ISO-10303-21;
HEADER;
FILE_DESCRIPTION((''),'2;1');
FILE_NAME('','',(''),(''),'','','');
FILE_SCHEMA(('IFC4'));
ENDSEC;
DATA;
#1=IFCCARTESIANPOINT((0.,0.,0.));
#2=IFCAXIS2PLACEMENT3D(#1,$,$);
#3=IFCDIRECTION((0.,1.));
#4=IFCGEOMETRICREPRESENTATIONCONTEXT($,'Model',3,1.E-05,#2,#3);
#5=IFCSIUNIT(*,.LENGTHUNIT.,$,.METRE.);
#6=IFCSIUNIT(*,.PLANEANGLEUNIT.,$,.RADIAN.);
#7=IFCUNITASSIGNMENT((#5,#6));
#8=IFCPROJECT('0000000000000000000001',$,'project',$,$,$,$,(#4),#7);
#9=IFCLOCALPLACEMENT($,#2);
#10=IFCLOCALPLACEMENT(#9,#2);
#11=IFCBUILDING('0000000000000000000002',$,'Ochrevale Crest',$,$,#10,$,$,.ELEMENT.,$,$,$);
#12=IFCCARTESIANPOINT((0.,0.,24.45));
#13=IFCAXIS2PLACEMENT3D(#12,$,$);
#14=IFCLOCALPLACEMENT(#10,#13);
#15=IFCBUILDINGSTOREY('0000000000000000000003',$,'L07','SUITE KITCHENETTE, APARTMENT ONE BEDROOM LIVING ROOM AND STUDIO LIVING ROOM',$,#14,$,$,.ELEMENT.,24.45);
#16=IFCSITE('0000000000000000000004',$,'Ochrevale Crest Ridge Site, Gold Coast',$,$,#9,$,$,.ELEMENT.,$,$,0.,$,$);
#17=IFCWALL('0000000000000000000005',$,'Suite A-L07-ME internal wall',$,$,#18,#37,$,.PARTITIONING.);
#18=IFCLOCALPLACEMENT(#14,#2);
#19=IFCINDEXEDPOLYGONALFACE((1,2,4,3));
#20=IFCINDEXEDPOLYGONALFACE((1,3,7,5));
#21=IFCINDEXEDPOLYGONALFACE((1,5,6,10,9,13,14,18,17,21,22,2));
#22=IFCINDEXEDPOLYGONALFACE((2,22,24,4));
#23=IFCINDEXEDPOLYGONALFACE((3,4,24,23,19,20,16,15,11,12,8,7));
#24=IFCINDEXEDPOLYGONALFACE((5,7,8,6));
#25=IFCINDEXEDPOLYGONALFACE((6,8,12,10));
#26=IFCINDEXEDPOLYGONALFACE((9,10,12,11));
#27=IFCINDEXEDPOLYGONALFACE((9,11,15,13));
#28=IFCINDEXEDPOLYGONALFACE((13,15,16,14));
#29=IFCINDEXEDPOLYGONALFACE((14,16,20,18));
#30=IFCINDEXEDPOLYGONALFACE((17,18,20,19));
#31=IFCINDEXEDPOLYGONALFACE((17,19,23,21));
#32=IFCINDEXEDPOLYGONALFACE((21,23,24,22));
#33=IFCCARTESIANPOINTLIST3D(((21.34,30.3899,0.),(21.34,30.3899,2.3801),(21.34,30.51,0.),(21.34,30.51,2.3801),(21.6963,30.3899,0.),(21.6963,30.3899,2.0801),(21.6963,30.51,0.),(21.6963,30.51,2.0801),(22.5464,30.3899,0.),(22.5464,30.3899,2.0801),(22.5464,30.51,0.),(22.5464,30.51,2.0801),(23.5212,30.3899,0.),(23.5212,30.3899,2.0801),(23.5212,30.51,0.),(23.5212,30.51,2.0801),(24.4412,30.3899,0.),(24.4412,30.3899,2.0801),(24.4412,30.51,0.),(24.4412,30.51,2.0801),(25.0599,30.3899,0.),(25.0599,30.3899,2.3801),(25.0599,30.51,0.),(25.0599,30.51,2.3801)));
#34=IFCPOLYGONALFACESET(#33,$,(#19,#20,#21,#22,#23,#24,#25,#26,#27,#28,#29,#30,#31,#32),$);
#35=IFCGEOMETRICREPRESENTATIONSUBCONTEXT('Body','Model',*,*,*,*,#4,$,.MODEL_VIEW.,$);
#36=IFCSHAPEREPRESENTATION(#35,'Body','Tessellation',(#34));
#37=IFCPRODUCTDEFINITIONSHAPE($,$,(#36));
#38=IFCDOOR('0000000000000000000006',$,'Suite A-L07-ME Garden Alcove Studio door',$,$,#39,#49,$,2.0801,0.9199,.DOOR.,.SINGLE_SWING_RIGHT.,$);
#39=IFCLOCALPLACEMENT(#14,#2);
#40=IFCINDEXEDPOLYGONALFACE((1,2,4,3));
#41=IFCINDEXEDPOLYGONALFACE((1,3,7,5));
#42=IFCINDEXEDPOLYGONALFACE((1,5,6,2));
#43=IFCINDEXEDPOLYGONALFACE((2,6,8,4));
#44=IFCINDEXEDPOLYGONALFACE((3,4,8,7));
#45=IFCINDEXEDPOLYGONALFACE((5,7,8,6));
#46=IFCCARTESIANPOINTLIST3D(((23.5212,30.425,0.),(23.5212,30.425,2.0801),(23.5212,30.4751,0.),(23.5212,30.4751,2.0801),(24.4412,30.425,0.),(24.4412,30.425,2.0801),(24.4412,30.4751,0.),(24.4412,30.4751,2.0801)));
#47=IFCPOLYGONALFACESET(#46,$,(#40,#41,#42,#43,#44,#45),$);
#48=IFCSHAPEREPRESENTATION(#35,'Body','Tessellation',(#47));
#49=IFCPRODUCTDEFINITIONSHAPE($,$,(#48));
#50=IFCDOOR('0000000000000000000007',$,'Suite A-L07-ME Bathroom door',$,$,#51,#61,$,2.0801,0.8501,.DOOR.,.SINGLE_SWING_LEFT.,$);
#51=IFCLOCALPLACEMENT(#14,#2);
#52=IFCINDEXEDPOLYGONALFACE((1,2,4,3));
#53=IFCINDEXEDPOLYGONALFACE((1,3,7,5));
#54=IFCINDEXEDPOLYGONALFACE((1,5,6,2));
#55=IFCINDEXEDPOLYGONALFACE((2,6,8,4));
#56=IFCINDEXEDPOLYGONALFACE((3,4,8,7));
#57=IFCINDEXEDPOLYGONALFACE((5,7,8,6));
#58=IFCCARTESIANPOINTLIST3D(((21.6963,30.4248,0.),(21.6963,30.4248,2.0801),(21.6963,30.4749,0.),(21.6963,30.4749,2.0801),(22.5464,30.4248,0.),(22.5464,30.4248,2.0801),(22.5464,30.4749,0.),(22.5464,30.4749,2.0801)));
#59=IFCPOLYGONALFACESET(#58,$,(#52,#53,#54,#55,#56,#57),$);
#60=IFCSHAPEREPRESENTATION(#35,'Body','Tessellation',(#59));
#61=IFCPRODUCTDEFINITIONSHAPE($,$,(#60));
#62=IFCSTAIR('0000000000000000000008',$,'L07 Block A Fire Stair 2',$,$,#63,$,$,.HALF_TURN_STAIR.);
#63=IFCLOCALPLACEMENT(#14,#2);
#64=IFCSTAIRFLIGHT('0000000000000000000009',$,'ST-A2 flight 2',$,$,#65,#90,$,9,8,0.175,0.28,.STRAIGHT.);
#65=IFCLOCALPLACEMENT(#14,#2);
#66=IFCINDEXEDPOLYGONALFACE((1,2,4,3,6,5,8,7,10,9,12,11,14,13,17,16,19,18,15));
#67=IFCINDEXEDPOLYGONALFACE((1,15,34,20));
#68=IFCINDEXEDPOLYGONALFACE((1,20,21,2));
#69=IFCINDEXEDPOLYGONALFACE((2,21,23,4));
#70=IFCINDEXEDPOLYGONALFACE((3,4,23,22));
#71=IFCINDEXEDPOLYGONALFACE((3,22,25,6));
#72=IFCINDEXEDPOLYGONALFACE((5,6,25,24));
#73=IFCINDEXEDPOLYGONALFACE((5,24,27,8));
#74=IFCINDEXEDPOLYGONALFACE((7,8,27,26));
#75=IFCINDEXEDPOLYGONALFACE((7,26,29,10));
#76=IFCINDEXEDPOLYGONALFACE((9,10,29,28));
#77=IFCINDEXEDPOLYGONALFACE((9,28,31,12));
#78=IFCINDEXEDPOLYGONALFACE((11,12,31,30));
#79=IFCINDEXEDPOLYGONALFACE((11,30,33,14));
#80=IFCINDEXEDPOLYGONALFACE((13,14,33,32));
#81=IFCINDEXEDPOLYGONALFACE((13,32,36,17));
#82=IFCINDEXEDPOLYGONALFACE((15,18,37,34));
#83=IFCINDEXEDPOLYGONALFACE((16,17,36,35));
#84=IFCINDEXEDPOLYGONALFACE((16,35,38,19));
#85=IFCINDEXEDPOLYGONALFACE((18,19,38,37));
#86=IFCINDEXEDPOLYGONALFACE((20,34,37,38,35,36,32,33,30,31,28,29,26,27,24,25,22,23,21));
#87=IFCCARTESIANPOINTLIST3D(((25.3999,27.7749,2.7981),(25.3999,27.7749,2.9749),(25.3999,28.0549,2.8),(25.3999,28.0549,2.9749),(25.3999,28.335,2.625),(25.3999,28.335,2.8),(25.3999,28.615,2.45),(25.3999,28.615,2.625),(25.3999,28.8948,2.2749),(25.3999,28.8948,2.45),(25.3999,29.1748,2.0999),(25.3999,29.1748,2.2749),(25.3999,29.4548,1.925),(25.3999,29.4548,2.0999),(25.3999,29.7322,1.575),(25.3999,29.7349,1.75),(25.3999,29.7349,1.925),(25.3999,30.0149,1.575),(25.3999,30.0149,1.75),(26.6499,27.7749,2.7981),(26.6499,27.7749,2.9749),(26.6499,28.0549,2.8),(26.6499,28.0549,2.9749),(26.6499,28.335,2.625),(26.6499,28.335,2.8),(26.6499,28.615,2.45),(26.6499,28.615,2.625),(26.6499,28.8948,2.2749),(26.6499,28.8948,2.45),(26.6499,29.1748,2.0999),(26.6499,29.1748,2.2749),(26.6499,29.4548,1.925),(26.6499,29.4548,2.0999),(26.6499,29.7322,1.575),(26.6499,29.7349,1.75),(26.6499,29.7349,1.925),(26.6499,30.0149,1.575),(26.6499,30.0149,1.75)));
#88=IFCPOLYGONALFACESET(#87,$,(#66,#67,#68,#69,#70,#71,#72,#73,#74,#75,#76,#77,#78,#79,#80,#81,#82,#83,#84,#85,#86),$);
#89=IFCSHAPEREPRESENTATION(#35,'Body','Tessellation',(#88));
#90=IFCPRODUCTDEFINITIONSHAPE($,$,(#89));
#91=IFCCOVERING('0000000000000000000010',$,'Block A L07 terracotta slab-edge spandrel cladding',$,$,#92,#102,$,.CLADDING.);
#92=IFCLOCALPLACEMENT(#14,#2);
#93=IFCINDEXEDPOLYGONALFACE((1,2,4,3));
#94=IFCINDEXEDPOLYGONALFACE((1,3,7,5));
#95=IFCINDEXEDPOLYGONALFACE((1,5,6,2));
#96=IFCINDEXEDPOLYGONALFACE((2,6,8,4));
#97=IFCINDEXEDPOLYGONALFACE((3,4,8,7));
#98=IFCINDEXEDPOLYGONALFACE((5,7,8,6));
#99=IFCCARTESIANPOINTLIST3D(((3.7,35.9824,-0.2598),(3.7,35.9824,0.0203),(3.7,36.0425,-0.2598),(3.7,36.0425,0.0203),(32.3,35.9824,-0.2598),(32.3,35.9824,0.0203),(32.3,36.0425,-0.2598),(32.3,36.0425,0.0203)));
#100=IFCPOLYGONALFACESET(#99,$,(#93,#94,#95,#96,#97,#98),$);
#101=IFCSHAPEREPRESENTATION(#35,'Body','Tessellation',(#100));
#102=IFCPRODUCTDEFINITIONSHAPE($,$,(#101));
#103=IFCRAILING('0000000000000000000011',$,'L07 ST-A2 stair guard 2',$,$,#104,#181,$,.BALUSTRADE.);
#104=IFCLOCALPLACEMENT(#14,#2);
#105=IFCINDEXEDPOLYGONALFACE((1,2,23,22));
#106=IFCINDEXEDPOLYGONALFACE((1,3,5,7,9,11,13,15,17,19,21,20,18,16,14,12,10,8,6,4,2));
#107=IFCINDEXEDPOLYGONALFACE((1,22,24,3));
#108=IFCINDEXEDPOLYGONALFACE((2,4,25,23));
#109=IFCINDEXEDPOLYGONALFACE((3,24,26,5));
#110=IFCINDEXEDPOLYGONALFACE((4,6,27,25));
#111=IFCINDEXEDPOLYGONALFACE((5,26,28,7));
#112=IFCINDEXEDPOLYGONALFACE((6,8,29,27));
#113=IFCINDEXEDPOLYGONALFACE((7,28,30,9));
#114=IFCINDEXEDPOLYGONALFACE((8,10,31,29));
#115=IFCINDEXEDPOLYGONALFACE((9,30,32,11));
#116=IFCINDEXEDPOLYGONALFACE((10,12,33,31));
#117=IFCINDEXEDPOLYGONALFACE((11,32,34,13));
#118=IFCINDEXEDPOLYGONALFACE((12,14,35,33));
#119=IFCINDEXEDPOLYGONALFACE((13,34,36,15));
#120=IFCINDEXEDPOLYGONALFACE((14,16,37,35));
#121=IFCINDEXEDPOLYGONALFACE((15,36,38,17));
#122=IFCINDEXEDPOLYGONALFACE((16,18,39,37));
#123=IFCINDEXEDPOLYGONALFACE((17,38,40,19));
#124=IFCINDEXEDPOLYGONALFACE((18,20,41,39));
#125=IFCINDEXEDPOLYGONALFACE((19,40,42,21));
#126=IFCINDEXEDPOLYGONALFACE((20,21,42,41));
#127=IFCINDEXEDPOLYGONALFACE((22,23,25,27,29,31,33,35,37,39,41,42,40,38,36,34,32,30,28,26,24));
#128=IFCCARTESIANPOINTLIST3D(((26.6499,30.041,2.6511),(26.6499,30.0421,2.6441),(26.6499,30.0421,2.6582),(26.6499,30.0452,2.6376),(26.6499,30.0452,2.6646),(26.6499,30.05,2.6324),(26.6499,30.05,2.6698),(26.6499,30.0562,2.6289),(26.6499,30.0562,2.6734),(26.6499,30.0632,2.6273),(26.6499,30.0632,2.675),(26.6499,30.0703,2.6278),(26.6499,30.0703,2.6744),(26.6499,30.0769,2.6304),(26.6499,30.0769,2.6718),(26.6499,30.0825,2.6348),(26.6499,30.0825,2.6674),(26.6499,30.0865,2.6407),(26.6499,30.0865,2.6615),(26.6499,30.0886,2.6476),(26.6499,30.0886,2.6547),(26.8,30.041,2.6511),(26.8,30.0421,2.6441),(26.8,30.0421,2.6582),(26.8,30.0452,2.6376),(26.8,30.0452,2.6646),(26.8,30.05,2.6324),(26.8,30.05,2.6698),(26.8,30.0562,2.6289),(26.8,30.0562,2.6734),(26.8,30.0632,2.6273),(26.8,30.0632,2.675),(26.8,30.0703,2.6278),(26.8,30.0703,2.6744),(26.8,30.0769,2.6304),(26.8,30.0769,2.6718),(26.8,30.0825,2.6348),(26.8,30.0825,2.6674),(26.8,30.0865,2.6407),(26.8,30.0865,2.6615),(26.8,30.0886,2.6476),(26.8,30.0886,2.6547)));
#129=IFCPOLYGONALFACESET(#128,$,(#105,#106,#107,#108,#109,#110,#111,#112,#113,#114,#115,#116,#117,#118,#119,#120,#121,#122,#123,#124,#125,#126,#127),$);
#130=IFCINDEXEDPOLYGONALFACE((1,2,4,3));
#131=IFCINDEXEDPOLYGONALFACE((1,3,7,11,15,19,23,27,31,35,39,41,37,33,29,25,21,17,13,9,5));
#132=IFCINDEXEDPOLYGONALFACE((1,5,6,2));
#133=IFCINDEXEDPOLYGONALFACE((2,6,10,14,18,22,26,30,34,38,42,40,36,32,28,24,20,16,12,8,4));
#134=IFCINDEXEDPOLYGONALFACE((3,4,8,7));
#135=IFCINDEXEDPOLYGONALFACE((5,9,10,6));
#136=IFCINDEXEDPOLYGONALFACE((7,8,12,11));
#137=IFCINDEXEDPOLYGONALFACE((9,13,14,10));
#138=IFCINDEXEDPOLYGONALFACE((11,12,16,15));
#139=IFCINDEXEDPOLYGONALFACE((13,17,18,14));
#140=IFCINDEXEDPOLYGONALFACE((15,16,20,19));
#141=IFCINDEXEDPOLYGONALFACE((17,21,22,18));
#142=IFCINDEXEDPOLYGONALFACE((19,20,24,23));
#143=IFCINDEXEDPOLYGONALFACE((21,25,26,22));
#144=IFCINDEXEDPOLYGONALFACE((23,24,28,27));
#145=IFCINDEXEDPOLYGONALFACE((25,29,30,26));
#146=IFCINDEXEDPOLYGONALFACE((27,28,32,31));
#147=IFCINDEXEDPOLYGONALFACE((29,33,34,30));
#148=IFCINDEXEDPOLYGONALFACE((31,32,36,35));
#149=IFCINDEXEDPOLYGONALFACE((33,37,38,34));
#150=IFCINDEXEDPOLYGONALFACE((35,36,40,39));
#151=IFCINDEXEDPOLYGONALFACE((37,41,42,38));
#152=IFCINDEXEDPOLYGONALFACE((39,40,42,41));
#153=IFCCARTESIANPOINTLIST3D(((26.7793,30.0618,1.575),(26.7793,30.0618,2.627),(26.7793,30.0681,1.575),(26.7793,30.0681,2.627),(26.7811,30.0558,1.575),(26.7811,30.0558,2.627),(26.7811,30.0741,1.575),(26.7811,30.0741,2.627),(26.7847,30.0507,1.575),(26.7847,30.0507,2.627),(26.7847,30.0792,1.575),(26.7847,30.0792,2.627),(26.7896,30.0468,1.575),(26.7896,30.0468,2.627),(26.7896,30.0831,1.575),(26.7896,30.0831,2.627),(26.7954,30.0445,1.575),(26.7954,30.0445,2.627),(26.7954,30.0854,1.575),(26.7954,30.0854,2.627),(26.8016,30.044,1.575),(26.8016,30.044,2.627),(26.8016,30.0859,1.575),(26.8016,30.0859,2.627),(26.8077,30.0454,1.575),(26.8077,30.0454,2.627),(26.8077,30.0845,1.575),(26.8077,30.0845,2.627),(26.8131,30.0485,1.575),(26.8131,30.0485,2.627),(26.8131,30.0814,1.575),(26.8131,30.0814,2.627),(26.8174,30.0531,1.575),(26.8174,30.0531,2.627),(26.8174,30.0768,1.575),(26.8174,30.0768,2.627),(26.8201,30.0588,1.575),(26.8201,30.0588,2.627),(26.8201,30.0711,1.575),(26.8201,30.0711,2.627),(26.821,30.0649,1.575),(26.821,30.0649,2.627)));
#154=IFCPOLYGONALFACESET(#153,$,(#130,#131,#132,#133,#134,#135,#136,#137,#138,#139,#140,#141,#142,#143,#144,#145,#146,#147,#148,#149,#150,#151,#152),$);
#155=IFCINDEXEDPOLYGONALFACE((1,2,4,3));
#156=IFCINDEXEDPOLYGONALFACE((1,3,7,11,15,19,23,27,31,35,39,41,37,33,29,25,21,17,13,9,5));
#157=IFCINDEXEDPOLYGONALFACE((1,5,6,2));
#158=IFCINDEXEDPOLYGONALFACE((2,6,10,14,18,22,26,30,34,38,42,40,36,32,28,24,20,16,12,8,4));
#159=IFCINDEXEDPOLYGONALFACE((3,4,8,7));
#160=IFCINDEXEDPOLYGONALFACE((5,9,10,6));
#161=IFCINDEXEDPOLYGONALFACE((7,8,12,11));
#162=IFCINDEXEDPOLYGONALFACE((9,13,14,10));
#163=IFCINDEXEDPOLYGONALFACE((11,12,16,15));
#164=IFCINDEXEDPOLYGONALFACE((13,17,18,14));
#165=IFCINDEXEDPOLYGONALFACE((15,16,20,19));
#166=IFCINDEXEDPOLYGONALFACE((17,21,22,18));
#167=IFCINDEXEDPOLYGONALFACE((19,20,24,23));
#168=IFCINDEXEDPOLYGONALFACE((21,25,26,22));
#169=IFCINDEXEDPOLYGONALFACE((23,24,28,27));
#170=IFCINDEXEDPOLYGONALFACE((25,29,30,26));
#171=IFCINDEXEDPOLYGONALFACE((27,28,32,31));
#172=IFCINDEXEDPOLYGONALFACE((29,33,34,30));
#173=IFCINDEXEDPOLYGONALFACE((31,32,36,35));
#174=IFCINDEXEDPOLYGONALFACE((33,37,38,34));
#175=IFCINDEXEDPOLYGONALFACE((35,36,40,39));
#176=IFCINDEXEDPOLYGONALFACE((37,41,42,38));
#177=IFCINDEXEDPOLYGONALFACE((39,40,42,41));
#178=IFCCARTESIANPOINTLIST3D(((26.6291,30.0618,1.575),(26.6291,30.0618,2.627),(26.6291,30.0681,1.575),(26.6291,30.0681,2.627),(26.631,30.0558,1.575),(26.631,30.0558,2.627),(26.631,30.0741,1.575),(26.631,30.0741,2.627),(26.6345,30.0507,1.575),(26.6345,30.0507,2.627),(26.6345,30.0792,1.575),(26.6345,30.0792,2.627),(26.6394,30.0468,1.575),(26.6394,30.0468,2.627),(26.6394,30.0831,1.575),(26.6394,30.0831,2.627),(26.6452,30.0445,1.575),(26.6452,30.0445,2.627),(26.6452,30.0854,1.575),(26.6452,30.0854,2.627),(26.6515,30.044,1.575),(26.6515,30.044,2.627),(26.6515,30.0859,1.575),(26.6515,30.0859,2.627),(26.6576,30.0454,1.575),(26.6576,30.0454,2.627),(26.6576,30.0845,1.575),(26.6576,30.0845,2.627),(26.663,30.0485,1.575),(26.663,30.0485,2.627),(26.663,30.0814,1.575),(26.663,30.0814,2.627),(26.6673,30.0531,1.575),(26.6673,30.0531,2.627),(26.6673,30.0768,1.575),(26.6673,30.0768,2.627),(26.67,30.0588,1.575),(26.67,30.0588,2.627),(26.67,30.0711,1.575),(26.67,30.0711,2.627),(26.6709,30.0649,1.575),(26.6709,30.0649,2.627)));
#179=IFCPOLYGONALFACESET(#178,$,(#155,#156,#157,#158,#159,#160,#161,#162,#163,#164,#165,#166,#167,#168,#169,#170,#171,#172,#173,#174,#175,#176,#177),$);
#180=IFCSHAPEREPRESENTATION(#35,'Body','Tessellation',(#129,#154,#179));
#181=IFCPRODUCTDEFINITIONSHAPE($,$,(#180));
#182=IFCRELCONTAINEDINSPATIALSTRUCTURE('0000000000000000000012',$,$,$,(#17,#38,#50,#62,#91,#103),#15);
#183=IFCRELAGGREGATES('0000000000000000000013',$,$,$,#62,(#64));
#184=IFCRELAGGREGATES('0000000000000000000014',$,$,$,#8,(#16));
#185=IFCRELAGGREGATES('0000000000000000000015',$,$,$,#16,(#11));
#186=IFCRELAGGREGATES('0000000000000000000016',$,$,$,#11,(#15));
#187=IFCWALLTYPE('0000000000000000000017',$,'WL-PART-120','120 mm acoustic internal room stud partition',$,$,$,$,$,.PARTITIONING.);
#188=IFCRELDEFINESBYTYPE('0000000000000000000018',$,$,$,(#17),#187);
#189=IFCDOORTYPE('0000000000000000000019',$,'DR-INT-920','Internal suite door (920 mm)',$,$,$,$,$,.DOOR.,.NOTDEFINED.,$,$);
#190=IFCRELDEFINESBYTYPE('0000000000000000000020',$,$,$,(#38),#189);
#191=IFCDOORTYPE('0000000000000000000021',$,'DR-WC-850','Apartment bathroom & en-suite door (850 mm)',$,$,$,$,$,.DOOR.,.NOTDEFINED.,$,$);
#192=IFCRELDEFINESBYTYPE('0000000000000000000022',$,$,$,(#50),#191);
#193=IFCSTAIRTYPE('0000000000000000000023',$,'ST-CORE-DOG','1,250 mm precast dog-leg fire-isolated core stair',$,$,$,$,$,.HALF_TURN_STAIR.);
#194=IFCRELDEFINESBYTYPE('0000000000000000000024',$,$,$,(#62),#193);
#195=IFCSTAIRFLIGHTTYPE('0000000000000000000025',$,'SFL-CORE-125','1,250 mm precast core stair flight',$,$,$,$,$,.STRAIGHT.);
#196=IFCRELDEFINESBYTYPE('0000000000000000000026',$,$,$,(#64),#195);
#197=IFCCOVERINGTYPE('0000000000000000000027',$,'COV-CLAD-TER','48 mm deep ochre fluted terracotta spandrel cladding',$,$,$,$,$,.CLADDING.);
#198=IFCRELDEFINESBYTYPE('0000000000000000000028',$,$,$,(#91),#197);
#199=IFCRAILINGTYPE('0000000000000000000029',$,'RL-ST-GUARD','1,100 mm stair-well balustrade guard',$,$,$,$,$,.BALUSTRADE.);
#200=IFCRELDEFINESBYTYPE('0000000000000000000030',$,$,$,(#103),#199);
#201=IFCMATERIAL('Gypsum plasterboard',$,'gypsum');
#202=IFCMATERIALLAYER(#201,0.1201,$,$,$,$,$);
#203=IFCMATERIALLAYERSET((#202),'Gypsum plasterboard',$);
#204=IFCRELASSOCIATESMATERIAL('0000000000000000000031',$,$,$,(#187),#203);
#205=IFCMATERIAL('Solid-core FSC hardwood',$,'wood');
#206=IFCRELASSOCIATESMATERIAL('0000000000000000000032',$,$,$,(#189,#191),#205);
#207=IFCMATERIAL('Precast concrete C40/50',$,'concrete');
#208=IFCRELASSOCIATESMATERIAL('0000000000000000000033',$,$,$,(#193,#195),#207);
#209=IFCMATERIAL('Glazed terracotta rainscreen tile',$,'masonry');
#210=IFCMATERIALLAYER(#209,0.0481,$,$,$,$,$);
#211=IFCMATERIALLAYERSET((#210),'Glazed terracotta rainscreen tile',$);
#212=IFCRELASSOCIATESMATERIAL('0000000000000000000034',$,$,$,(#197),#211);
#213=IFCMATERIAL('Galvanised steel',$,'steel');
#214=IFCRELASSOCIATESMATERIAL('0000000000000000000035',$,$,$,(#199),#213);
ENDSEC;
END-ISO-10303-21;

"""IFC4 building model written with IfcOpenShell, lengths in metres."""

from ifc_helpers import new_model, si_unit, direction, frame, frame_2d, origin, origin_2d, place, context, subcontext, project, spatial, polyline, rectangle, circle, outline, extrude, material, layer, layer_set, type_object, element, fill, aggregate, save


model = new_model("IFC4")

# Units and contexts
model_context = context("Model", 3, precision=1e-05, world=origin(), true_north=direction((0.0, 1.0)))
body_context = subcontext(model_context, "Body", "Model", "MODEL_VIEW")
ifc_project = project(units=[si_unit("LENGTHUNIT", "METRE"), si_unit("PLANEANGLEUNIT", "RADIAN")], contexts=[model_context])

# Site, building, storey
site_placement = place(None, origin())
site = spatial("IfcSite", under=ifc_project, at=site_placement, Name="Ochrevale Crest Ridge Site, Gold Coast", CompositionType="ELEMENT", RefElevation=0.0)
building_placement = place(site_placement, origin())
building = spatial("IfcBuilding", under=site, at=building_placement, Name="Ochrevale Crest", CompositionType="ELEMENT")
storey_placement = place(building_placement, frame((0.0, 0.0, 24.45)))
storey = spatial("IfcBuildingStorey", under=building, at=storey_placement, Name="L07", Description="SUITE KITCHENETTE, APARTMENT ONE BEDROOM LIVING ROOM AND STUDIO LIVING ROOM", CompositionType="ELEMENT", Elevation=24.45)

# Shared definitions
ifc_material_1 = material(Name="Precast concrete C40/50", Category="concrete")

# Wall, openings, doors
ifc_material_2 = material(Name="Gypsum plasterboard", Category="gypsum")
ifc_layer_1 = layer(ifc_material_2, 0.1201)
ifc_layer_set_1 = layer_set([ifc_layer_1], Name="Gypsum plasterboard")
wall_type_1 = type_object("IfcWallType", Name="WL-PART-120", Description="120 mm acoustic internal room stud partition", PredefinedType="PARTITIONING", material=ifc_layer_set_1)
wall_1_placement = place(storey_placement, frame((21.3401, 30.45, 0.0), z_axis=(0.0, 0.0, 1.0), x_axis=(1.0, 0.0, 0.0)))
wall_1 = element("IfcWall", 1, at=wall_1_placement, inside=storey, type_object=wall_type_1, Name="Suite A-L07-ME internal wall", PredefinedType="PARTITIONING", context=body_context, shape_type="SweptSolid", body=[
    extrude(rectangle(XDim=3.72, YDim=0.1201, at=frame_2d((1.8599, 0.0))), origin(), (0.0, 0.0, 1.0), 2.3801),
])
opening_1_placement = place(wall_1_placement, frame((0.3562, 0.0, 0.0)))
opening_1 = element("IfcOpeningElement", 2, at=opening_1_placement, cuts=wall_1, PredefinedType="OPENING", context=body_context, shape_type="SweptSolid", body=[
    extrude(rectangle(XDim=0.8501, YDim=2.0801, at=frame_2d((0.425, 1.04))), frame((0.0, 0.0701, 0.0), z_axis=(0.0, -1.0, 0.0), x_axis=(1.0, 0.0, 0.0)), (0.0, 0.0, 1.0), 0.1401),
])
opening_2_placement = place(wall_1_placement, frame((3.1011, 0.0, 0.0), z_axis=(0.0, 0.0, 1.0), x_axis=(-1.0, 0.0, 0.0)))
opening_2 = element("IfcOpeningElement", 3, at=opening_2_placement, cuts=wall_1, PredefinedType="OPENING", context=body_context, shape_type="SweptSolid", body=[
    extrude(rectangle(XDim=0.9199, YDim=2.0801, at=frame_2d((0.46, 1.04))), frame((0.0, 0.0701, 0.0), z_axis=(0.0, -1.0, 0.0), x_axis=(1.0, 0.0, 0.0)), (0.0, 0.0, 1.0), 0.1401),
])
ifc_material_3 = material(Name="Solid-core FSC hardwood", Category="wood")
door_type_1 = type_object("IfcDoorType", Name="DR-INT-920", Description="Internal suite door (920 mm)", OperationType="NOTDEFINED", PredefinedType="DOOR", material=ifc_material_3)
door_1_placement = place(opening_2_placement, origin())
door_1 = element("IfcDoor", 4, at=door_1_placement, inside=storey, type_object=door_type_1, Name="Suite A-L07-ME Garden Alcove Studio door", OperationType="SINGLE_SWING_RIGHT", OverallHeight=2.0801, OverallWidth=0.9199, PredefinedType="DOOR", context=body_context, shape_type="SweptSolid", body=[
    extrude(rectangle(XDim=0.9199, YDim=2.0801, at=frame_2d((0.46, 1.04))), frame((0.0, 0.0249, 0.0), z_axis=(0.0, -1.0, 0.0), x_axis=(1.0, 0.0, 0.0)), (0.0, 0.0, 1.0), 0.05),
])
fill(opening_2, door_1)
door_type_2 = type_object("IfcDoorType", Name="DR-WC-850", Description="Apartment bathroom & en-suite door (850 mm)", OperationType="NOTDEFINED", PredefinedType="DOOR", material=ifc_material_3)
door_2_placement = place(opening_1_placement, origin())
door_2 = element("IfcDoor", 5, at=door_2_placement, inside=storey, type_object=door_type_2, Name="Suite A-L07-ME Bathroom door", OperationType="SINGLE_SWING_LEFT", OverallHeight=2.0801, OverallWidth=0.8501, PredefinedType="DOOR", context=body_context, shape_type="SweptSolid", body=[
    extrude(rectangle(XDim=0.8501, YDim=2.0801, at=frame_2d((0.425, 1.04))), frame((0.0, 0.0249, 0.0), z_axis=(0.0, -1.0, 0.0), x_axis=(1.0, 0.0, 0.0)), (0.0, 0.0, 1.0), 0.05),
])
fill(opening_1, door_2)

# Stair, stair flight
stair_type = type_object("IfcStairType", Name="ST-CORE-DOG", Description="1,250 mm precast dog-leg fire-isolated core stair", PredefinedType="HALF_TURN_STAIR", material=ifc_material_1)
stair_placement = place(storey_placement, origin())
stair = element("IfcStair", 6, at=stair_placement, inside=storey, type_object=stair_type, Name="L07 Block A Fire Stair 2", PredefinedType="HALF_TURN_STAIR")
stair_flight_type = type_object("IfcStairFlightType", Name="SFL-CORE-125", Description="1,250 mm precast core stair flight", PredefinedType="STRAIGHT", material=ifc_material_1)
stair_flight_placement = place(storey_placement, frame((26.0249, 30.0149, 1.575), z_axis=(0.0, 0.0, 1.0), x_axis=(0.0, -1.0, 0.0)))
stair_flight = element("IfcStairFlight", 7, at=stair_flight_placement, type_object=stair_flight_type, Name="ST-A2 flight 2", NumberOfRisers=9, NumberOfTreads=8, PredefinedType="STRAIGHT", RiserHeight=0.175, TreadLength=0.28, context=body_context, shape_type="SweptSolid", body=[
    extrude(outline(polyline([(0.0, 0.0), (0.0, 0.175), (0.28, 0.175), (0.28, 0.3501), (0.5601, 0.3501), (0.5601, 0.5249), (0.8401, 0.5249), (0.8401, 0.7), (1.1201, 0.7), (1.1201, 0.875), (1.3999, 0.875), (1.3999, 1.05), (1.6799, 1.05), (1.6799, 1.2251), (1.96, 1.2251), (1.96, 1.3999), (2.24, 1.3999), (2.24, 1.575), (2.24, 1.2231), (0.2827, 0.0), (0.0, 0.0)])), frame((0.0, 0.625, 0.0), z_axis=(0.0, -1.0, 0.0), x_axis=(1.0, 0.0, 0.0)), (0.0, 0.0, 1.0), 1.25),
])
aggregate(stair, [stair_flight])

# Covering
ifc_material_4 = material(Name="Glazed terracotta rainscreen tile", Category="masonry")
ifc_layer_2 = layer(ifc_material_4, 0.0481)
ifc_layer_set_2 = layer_set([ifc_layer_2], Name="Glazed terracotta rainscreen tile")
covering_type = type_object("IfcCoveringType", Name="COV-CLAD-TER", Description="48 mm deep ochre fluted terracotta spandrel cladding", PredefinedType="CLADDING", material=ifc_layer_set_2)
covering_placement = place(storey_placement, frame((18.0, 36.0125, -0.2598), z_axis=(0.0, 0.0, 1.0), x_axis=(-1.0, 0.0, 0.0)))
element("IfcCovering", 8, at=covering_placement, inside=storey, type_object=covering_type, Name="Block A L07 terracotta slab-edge spandrel cladding", PredefinedType="CLADDING", context=body_context, shape_type="SweptSolid", body=[
    extrude(rectangle(XDim=28.6001, YDim=0.0601, at=origin_2d()), origin(), (0.0, 0.0, 1.0), 0.28),
])

# Railing
ifc_material_5 = material(Name="Galvanised steel", Category="steel")
railing_type_1 = type_object("IfcRailingType", Name="RL-ST-GUARD", Description="1,100 mm stair-well balustrade guard", PredefinedType="BALUSTRADE", material=ifc_material_5)
railing_1_placement = place(storey_placement, frame((26.8, 30.0649, 1.575)))
element("IfcRailing", 9, at=railing_1_placement, inside=storey, type_object=railing_type_1, Name="L07 ST-A2 stair guard 2", PredefinedType="BALUSTRADE", context=body_context, shape_type="SweptSolid", body=[
    extrude(circle(Radius=0.0239, at=origin_2d()), frame((0.0, 0.0, 1.0762), z_axis=(-1.0, 0.0, 0.0), x_axis=(0.0, -1.0, 0.0)), (0.0, 0.0, 1.0), 0.1501),
    extrude(circle(Radius=0.021, at=origin_2d()), origin(), (0.0, 0.0, 1.0), 1.052),
    extrude(circle(Radius=0.021, at=origin_2d()), frame((-0.1501, 0.0, 0.0)), (0.0, 0.0, 1.0), 1.052),
])

save(model, "model.ifc")
